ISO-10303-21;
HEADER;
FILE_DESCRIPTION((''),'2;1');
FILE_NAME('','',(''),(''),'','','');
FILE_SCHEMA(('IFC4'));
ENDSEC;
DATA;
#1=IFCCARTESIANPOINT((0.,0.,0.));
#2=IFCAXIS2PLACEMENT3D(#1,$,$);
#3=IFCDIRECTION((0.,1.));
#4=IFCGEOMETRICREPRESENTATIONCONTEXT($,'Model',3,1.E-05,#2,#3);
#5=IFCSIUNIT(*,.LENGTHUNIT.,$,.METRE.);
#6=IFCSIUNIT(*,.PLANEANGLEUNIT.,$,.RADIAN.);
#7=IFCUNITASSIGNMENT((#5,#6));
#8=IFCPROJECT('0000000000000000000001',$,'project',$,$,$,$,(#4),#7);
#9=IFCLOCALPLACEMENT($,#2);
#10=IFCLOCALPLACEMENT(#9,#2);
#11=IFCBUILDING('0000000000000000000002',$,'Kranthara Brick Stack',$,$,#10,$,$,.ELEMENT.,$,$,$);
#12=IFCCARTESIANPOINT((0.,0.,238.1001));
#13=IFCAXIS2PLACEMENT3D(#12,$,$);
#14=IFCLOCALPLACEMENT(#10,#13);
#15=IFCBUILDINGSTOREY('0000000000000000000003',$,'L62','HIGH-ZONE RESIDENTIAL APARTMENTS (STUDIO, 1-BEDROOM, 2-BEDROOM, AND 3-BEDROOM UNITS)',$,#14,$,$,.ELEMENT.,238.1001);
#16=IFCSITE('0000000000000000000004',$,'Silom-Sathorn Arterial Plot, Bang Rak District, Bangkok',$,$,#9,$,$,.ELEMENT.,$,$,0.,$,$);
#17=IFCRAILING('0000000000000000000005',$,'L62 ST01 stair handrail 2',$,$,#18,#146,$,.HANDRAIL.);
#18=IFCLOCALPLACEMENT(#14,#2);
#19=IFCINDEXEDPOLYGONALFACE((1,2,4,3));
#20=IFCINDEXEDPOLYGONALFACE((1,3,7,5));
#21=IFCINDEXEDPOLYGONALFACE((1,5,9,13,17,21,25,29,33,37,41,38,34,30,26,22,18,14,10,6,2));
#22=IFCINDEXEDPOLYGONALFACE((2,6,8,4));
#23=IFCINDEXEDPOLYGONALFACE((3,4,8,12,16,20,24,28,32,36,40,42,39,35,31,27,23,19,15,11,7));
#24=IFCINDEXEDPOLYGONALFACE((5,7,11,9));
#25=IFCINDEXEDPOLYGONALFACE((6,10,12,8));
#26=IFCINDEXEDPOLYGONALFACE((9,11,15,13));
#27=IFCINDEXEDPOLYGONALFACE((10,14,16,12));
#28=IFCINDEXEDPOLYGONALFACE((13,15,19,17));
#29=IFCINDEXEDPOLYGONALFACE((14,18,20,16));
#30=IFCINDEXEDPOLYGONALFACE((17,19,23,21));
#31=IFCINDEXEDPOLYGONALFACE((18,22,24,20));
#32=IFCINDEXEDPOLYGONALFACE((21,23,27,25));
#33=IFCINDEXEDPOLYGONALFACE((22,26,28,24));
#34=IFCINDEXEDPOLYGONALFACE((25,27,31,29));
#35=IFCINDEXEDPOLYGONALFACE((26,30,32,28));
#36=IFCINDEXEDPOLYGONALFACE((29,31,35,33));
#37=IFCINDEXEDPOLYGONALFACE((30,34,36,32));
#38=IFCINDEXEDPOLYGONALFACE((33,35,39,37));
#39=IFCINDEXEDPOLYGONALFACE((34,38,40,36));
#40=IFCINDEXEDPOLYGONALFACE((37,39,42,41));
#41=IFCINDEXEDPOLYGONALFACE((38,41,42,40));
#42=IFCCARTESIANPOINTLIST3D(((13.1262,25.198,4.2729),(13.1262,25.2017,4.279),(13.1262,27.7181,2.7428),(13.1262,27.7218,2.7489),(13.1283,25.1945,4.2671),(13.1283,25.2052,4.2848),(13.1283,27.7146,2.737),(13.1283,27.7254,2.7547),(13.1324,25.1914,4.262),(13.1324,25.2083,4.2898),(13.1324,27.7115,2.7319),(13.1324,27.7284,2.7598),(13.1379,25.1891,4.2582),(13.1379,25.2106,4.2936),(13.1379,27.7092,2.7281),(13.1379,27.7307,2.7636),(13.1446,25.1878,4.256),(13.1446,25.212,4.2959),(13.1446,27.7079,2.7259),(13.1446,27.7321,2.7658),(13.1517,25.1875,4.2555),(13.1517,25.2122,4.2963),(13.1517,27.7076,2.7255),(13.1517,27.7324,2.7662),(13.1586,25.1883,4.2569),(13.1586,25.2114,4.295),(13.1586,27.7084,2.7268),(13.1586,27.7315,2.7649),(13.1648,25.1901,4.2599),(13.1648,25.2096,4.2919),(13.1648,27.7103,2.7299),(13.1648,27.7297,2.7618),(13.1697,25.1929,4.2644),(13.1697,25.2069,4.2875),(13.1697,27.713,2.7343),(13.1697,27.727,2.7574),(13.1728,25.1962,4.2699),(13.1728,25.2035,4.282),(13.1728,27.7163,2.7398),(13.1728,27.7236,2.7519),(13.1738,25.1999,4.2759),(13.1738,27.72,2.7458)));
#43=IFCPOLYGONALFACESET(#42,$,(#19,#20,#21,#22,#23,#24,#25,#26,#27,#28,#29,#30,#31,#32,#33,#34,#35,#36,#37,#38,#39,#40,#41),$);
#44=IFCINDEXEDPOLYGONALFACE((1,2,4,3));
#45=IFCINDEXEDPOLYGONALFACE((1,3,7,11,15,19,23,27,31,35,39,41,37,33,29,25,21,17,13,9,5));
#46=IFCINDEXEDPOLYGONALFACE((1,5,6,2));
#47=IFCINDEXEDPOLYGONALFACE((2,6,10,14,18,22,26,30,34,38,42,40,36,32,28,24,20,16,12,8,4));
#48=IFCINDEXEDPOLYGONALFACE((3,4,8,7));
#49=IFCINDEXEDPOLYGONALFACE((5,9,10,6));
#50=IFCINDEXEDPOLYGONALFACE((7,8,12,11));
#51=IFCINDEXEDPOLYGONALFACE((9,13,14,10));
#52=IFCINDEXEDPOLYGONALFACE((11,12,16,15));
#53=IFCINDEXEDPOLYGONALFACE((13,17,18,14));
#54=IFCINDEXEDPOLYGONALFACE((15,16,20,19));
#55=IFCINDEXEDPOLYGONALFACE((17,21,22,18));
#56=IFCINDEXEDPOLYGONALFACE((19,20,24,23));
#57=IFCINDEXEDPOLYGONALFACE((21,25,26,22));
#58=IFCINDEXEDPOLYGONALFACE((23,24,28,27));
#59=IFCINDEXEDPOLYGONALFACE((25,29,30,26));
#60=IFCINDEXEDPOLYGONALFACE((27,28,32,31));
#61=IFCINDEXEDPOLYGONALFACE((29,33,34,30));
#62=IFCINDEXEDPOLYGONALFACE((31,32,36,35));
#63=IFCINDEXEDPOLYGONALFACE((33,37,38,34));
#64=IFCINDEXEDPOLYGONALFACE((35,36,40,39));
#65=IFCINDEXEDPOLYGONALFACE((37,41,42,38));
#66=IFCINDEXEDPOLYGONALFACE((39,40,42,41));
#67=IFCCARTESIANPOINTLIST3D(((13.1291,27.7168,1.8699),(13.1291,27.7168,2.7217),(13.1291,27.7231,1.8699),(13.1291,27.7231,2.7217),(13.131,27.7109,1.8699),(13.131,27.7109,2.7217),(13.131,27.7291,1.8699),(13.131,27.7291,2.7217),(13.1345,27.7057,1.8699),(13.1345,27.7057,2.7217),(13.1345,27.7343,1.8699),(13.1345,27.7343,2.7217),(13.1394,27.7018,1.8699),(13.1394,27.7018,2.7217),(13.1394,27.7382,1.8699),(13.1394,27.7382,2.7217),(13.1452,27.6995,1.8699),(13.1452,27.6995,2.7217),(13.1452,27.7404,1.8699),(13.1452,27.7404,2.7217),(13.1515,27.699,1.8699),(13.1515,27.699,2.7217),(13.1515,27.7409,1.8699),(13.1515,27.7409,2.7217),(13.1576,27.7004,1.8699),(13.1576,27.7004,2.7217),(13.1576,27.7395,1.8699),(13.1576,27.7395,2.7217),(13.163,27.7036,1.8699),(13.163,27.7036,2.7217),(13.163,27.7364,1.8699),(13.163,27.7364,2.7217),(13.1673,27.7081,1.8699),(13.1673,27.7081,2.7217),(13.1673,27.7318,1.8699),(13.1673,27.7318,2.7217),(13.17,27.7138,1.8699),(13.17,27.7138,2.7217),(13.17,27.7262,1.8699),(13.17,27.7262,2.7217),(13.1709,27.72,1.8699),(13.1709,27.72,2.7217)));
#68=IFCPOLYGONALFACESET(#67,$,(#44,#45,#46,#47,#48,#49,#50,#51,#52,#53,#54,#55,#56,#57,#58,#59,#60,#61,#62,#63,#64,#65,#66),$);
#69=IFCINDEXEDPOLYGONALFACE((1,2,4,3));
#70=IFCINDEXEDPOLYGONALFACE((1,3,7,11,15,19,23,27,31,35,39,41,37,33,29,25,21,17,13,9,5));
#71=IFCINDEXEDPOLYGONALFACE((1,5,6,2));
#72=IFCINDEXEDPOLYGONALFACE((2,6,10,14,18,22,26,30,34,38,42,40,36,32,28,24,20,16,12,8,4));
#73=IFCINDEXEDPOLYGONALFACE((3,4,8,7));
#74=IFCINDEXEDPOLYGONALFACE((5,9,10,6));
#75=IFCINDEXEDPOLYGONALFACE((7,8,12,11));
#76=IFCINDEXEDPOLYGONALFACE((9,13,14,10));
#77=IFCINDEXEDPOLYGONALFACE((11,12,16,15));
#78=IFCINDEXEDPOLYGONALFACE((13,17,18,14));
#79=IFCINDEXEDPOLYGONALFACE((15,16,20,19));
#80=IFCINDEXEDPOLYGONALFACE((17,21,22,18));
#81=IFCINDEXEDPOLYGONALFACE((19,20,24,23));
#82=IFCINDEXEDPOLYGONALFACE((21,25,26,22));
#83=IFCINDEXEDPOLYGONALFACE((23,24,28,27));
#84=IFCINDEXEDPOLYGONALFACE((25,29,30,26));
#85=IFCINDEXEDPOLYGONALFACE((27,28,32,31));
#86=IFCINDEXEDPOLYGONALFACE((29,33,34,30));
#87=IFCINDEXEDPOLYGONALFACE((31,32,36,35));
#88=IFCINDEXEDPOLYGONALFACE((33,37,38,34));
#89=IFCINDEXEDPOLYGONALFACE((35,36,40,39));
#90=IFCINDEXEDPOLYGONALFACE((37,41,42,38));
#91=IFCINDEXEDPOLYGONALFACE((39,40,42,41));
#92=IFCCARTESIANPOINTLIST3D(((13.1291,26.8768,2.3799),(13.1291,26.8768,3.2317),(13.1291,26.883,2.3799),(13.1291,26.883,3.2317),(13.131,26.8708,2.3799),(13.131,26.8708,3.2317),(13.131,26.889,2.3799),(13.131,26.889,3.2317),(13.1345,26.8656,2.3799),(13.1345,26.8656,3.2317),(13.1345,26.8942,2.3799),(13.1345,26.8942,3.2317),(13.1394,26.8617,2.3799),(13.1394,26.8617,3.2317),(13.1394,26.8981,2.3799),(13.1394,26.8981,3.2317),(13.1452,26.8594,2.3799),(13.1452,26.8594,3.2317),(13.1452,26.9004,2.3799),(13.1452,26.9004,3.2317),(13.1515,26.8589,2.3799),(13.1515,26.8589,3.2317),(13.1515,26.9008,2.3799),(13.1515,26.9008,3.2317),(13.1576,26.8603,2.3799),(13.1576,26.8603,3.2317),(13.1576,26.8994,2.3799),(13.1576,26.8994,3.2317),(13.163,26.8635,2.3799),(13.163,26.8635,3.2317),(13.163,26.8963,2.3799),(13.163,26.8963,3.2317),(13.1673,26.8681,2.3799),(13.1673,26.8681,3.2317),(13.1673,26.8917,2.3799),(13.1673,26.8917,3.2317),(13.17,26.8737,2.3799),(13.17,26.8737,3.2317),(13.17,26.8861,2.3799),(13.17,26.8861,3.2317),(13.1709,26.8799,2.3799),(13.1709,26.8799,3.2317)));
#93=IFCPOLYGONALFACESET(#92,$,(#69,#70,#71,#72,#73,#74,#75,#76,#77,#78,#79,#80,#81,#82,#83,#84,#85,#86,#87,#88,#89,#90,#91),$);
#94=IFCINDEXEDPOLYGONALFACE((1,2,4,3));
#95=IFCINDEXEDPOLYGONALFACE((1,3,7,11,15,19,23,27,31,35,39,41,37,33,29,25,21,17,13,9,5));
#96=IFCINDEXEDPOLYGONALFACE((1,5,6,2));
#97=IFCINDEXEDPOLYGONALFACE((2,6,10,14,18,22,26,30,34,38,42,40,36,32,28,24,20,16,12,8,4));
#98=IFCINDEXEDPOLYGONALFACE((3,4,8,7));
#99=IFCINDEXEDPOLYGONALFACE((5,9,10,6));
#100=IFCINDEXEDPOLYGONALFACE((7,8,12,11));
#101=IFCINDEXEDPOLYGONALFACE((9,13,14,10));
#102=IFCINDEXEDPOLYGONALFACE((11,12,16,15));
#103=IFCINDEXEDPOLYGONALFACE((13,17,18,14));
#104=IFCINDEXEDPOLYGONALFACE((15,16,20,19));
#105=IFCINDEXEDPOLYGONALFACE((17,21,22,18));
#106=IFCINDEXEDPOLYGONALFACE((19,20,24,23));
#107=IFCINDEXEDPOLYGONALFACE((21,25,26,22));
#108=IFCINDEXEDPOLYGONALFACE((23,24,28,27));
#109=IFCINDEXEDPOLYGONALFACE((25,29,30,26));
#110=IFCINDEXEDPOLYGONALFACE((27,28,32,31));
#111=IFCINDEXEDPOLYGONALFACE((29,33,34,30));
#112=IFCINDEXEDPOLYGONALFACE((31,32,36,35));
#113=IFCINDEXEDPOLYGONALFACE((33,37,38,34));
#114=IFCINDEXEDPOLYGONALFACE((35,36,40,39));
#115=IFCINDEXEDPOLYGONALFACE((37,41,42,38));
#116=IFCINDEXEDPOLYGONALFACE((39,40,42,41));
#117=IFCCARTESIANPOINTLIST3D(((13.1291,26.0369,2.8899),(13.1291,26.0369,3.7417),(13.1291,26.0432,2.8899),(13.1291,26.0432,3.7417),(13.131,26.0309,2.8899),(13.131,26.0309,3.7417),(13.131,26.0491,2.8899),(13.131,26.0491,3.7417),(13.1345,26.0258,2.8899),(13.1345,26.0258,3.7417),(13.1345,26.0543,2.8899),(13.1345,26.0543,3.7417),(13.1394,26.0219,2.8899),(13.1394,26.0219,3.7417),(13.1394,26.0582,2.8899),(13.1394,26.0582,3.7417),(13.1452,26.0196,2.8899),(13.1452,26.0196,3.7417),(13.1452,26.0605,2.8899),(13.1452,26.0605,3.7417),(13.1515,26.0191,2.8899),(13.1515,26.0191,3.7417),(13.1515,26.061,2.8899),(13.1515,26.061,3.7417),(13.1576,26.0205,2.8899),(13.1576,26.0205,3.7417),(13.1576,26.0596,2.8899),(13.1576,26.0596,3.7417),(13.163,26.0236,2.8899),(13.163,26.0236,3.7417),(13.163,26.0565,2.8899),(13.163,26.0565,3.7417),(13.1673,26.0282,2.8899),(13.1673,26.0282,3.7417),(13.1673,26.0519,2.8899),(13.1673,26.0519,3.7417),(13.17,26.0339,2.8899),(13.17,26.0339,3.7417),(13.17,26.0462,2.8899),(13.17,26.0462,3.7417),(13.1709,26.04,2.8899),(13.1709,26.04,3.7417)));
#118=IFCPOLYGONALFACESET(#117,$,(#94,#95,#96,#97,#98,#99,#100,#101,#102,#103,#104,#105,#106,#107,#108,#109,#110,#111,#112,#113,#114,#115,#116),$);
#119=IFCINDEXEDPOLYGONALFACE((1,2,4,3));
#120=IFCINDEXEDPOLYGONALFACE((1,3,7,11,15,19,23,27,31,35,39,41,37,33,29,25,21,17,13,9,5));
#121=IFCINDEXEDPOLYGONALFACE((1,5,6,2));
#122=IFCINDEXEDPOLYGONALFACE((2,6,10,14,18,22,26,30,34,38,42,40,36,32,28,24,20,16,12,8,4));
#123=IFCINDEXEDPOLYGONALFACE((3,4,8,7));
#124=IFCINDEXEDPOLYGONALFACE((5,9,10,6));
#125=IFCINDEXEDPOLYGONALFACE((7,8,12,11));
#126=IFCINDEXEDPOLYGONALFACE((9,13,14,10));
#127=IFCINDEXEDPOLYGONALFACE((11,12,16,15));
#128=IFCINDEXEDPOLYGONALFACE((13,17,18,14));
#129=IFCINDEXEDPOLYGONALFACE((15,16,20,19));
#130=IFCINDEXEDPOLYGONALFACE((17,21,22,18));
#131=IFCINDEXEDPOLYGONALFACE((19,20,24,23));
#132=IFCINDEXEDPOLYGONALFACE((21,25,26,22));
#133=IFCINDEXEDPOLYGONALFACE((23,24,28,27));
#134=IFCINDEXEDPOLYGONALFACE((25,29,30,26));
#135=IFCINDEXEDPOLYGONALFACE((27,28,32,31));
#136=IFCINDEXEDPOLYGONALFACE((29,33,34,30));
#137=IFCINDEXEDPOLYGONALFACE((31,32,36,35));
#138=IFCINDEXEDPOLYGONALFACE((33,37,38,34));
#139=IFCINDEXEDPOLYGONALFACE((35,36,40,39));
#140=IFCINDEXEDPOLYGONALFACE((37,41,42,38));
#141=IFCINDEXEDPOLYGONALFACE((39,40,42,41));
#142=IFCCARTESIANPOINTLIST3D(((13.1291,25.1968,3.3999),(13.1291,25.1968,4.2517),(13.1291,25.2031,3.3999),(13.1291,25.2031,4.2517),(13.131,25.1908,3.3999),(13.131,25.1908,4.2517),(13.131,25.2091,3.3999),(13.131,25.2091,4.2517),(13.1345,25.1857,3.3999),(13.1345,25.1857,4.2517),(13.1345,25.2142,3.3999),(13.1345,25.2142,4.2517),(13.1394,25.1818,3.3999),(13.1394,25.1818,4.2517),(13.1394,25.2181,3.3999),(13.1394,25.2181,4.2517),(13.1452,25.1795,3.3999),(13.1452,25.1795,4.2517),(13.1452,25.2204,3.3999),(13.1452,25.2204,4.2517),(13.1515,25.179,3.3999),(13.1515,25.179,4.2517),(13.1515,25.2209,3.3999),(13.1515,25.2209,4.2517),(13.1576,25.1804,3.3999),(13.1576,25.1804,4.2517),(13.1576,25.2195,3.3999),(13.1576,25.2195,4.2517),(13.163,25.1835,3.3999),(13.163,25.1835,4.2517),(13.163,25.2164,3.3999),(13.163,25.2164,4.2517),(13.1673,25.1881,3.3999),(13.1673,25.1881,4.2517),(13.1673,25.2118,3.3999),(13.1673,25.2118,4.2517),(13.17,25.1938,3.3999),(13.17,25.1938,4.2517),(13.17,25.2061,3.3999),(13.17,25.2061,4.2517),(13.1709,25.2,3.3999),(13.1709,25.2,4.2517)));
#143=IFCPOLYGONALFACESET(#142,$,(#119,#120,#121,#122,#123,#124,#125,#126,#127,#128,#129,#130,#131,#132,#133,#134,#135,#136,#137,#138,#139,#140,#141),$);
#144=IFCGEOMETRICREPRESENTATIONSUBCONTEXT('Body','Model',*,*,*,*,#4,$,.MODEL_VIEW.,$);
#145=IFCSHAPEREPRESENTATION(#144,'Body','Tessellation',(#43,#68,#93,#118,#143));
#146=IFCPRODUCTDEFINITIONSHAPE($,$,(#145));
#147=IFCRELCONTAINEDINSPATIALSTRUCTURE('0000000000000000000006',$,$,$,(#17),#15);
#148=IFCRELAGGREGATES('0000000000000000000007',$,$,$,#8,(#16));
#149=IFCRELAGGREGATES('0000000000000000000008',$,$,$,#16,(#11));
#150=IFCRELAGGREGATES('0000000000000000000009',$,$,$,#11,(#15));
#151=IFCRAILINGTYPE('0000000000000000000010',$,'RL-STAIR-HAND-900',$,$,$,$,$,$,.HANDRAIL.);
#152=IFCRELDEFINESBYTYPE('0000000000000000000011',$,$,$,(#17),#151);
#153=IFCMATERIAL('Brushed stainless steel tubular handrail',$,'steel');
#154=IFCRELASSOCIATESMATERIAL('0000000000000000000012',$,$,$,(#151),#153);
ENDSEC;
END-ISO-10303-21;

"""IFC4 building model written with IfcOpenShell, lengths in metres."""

from ifc_helpers import new_model, si_unit, direction, frame, origin, origin_2d, place, context, subcontext, project, spatial, circle, extrude, material, type_object, element, save


model = new_model("IFC4")

# Units and contexts
model_context = context("Model", 3, precision=1e-05, world=origin(), true_north=direction((0.0, 1.0)))
body_context = subcontext(model_context, "Body", "Model", "MODEL_VIEW")
ifc_project = project(units=[si_unit("LENGTHUNIT", "METRE"), si_unit("PLANEANGLEUNIT", "RADIAN")], contexts=[model_context])

# Site, building, storey
site_placement = place(None, origin())
site = spatial("IfcSite", under=ifc_project, at=site_placement, Name="Silom-Sathorn Arterial Plot, Bang Rak District, Bangkok", CompositionType="ELEMENT", RefElevation=0.0)
building_placement = place(site_placement, origin())
building = spatial("IfcBuilding", under=site, at=building_placement, Name="Kranthara Brick Stack", CompositionType="ELEMENT")
storey_placement = place(building_placement, frame((0.0, 0.0, 238.1001)))
storey = spatial("IfcBuildingStorey", under=building, at=storey_placement, Name="L62", Description="HIGH-ZONE RESIDENTIAL APARTMENTS (STUDIO, 1-BEDROOM, 2-BEDROOM, AND 3-BEDROOM UNITS)", CompositionType="ELEMENT", Elevation=238.1001)

# Railing
ifc_material_1 = material(Name="Brushed stainless steel tubular handrail", Category="steel")
railing_type_1 = type_object("IfcRailingType", Name="RL-STAIR-HAND-900", PredefinedType="HANDRAIL", material=ifc_material_1)
railing_1_placement = place(storey_placement, frame((13.1499, 27.72, 1.8699)))
element("IfcRailing", 1, at=railing_1_placement, inside=storey, type_object=railing_type_1, Name="L62 ST01 stair handrail 2", PredefinedType="HANDRAIL", context=body_context, shape_type="SweptSolid", body=[
    extrude(circle(Radius=0.0239, at=origin_2d()), frame((0.0, 0.0, 0.876), z_axis=(0.0, -0.854785, 0.518982), x_axis=(1.0, 0.0, 0.0)), (0.0, 0.0, 1.0), 2.9482),
    extrude(circle(Radius=0.021, at=origin_2d()), origin(), (0.0, 0.0, 1.0), 0.8518),
    extrude(circle(Radius=0.021, at=origin_2d()), frame((0.0, -0.8401, 0.51)), (0.0, 0.0, 1.0), 0.8518),
    extrude(circle(Radius=0.021, at=origin_2d()), frame((0.0, -1.6799, 1.02)), (0.0, 0.0, 1.0), 0.8518),
    extrude(circle(Radius=0.021, at=origin_2d()), frame((0.0, -2.52, 1.53)), (0.0, 0.0, 1.0), 0.8518),
])

save(model, "model.ifc")
